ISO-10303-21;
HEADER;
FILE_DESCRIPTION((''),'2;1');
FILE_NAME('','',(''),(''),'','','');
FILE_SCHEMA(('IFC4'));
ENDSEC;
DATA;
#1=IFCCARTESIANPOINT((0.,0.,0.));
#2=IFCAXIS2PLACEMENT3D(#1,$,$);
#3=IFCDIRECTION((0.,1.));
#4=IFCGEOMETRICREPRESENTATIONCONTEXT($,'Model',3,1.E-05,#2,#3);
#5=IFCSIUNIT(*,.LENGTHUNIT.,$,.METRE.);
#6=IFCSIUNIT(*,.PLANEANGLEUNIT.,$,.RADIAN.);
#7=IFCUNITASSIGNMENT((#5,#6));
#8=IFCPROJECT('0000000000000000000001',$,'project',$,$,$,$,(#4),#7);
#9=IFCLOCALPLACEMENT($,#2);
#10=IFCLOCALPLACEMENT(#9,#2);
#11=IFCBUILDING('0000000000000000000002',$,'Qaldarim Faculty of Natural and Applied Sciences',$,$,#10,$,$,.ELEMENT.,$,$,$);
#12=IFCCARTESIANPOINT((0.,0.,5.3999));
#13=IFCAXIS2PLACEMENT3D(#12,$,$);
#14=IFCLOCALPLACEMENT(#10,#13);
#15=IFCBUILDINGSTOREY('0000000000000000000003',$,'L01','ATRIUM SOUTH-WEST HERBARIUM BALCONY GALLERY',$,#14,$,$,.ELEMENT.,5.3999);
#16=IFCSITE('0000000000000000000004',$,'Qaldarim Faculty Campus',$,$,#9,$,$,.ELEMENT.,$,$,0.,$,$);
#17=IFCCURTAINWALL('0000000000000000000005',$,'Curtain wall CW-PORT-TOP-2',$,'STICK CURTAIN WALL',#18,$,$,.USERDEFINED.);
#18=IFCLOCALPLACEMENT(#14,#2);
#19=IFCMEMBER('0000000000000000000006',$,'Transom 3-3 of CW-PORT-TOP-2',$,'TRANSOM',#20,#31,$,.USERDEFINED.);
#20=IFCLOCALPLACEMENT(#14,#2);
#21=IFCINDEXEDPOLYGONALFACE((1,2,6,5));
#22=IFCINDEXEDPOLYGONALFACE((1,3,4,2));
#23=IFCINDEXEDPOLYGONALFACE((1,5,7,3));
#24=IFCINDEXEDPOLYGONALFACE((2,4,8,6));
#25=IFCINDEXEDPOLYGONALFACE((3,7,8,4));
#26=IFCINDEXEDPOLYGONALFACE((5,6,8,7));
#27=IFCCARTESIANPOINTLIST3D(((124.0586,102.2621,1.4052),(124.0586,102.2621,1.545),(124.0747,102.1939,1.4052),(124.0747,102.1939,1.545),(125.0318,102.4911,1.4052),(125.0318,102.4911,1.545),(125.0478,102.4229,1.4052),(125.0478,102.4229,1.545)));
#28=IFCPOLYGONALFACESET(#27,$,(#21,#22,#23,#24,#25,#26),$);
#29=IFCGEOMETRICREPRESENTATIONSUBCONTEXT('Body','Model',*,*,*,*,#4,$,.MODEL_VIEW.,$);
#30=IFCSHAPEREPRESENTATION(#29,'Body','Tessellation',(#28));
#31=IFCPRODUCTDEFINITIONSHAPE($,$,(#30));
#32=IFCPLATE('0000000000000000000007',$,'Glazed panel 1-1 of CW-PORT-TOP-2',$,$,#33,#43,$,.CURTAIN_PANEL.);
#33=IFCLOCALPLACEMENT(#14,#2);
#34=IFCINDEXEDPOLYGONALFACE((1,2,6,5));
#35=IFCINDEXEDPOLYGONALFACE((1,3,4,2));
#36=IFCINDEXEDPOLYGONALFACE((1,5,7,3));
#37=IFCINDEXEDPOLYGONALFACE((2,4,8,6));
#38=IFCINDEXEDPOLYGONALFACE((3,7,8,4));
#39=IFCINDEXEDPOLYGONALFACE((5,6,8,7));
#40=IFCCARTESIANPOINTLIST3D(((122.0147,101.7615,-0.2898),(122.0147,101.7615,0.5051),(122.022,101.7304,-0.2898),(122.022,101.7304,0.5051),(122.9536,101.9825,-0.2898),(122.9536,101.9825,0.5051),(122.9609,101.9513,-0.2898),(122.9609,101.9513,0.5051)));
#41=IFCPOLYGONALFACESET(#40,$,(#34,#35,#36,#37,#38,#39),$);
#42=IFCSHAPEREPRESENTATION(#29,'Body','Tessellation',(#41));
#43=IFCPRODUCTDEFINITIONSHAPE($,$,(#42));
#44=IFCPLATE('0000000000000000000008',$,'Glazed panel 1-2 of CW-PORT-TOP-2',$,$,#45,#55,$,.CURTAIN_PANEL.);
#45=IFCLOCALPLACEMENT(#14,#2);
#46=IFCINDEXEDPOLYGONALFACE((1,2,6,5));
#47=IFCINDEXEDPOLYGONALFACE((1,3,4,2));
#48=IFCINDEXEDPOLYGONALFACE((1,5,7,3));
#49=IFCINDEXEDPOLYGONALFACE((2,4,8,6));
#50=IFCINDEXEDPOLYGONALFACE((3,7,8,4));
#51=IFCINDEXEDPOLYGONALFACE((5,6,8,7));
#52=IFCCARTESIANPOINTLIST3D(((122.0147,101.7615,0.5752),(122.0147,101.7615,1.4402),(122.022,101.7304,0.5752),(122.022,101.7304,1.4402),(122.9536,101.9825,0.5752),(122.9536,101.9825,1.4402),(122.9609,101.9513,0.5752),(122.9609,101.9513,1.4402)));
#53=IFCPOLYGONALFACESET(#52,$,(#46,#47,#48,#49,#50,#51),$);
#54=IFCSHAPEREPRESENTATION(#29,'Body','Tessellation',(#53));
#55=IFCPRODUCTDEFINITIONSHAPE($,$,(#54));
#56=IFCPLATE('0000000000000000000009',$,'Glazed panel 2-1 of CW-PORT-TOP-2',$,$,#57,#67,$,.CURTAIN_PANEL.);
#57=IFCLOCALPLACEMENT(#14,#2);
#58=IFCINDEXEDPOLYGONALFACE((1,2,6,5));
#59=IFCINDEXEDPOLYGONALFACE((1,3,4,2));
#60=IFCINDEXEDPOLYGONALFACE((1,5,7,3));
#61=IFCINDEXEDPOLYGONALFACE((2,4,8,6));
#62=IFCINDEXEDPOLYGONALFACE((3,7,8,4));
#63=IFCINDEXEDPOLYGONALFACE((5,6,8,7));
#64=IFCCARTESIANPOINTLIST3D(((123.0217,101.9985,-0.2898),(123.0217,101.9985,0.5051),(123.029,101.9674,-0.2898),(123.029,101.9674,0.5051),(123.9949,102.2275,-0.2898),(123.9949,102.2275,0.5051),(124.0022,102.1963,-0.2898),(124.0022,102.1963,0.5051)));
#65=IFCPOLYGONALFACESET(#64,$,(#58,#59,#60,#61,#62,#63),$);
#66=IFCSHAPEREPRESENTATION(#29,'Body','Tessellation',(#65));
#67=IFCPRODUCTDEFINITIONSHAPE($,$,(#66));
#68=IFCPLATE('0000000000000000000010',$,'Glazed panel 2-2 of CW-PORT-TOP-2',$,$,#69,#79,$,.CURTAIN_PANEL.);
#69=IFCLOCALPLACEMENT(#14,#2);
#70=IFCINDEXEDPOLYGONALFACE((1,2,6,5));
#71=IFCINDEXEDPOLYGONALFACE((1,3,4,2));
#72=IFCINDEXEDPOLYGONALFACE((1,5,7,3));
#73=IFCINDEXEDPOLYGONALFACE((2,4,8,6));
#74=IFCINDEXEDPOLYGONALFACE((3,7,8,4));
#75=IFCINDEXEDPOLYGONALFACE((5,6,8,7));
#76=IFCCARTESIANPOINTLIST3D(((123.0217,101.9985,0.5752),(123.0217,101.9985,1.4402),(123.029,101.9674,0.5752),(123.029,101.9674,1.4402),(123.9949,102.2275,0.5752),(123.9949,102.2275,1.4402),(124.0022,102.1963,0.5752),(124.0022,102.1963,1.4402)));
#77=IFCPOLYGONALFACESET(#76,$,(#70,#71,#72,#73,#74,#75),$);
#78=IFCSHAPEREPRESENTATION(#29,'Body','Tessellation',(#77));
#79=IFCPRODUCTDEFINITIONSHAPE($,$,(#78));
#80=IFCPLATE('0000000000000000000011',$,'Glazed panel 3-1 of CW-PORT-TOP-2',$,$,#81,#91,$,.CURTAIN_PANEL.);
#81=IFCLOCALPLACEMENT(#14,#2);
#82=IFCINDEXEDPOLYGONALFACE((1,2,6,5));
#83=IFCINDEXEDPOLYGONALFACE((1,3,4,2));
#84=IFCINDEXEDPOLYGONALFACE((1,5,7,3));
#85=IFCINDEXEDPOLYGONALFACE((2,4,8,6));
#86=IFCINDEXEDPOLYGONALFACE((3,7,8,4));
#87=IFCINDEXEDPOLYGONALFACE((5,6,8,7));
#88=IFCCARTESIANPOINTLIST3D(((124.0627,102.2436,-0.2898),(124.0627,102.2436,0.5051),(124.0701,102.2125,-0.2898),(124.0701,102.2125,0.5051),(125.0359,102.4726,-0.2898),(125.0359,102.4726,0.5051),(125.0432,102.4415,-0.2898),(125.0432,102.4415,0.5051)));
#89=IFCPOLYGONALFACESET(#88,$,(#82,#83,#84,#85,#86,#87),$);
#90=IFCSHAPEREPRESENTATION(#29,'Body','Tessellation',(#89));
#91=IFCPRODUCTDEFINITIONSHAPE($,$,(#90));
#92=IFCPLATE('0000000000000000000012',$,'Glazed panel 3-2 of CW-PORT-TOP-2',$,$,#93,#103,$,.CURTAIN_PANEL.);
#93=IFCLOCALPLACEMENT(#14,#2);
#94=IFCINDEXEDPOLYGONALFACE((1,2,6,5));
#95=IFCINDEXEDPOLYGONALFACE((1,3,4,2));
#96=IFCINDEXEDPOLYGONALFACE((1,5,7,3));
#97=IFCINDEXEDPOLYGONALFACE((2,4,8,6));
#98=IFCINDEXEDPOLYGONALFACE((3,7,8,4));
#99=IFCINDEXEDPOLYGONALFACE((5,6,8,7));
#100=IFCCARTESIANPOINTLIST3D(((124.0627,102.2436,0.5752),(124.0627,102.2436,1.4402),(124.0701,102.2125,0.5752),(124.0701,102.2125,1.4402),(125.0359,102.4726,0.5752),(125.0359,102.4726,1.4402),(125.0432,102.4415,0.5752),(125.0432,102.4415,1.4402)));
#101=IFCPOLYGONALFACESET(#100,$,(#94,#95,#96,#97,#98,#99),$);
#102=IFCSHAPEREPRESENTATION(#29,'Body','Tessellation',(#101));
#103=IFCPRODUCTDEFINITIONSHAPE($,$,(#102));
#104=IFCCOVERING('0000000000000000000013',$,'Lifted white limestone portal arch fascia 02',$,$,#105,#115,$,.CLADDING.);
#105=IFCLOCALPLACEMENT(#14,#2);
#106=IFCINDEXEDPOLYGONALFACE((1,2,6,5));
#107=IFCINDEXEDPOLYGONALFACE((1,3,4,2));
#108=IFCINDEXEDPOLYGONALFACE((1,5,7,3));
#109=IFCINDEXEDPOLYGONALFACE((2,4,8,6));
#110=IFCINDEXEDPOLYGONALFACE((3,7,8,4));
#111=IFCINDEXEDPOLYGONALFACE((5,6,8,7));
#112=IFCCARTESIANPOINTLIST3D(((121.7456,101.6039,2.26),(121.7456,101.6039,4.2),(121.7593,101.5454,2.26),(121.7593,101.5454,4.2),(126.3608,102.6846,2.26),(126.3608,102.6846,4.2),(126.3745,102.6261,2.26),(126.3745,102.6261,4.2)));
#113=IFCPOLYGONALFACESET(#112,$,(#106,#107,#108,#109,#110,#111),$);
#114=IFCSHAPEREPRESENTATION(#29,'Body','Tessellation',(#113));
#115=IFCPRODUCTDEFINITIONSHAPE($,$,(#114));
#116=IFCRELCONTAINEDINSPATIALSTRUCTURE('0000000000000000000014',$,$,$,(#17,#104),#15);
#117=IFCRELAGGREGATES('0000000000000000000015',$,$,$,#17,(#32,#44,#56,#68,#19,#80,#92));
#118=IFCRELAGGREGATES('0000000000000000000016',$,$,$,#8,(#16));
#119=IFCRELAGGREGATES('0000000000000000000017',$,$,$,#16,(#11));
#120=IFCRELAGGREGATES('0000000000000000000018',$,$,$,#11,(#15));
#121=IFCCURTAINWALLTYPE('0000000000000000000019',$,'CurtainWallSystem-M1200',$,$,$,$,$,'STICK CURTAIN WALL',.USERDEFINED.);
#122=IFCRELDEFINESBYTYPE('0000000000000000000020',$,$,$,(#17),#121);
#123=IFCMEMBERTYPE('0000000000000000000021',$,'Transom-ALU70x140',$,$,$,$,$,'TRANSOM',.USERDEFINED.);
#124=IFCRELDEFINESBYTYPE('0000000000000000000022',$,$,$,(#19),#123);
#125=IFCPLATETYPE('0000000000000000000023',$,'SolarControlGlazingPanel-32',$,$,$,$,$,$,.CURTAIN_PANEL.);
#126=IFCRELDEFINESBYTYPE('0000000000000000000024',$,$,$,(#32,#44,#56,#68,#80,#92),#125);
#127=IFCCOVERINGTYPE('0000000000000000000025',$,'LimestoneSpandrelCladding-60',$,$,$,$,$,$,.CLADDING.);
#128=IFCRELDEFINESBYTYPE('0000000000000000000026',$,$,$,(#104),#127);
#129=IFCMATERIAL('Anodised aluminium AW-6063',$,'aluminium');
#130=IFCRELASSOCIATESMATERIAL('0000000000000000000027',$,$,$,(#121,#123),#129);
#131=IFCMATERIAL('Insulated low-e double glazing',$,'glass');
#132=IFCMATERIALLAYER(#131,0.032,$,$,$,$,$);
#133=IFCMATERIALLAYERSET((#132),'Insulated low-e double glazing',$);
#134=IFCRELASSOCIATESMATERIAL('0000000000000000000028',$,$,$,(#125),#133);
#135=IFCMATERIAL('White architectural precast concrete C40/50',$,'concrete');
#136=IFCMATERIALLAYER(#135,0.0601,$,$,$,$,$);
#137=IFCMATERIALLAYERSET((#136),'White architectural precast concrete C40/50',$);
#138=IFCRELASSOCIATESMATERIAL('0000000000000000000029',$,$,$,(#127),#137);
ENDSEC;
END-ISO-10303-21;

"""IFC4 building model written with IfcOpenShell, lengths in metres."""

from ifc_helpers import new_model, si_unit, direction, frame, origin, origin_2d, place, context, subcontext, project, spatial, rectangle, extrude, material, layer, layer_set, material_profile, profile_set, type_object, element, aggregate, save


model = new_model("IFC4")

# Units and contexts
model_context = context("Model", 3, precision=1e-05, world=origin(), true_north=direction((0.0, 1.0)))
body_context = subcontext(model_context, "Body", "Model", "MODEL_VIEW")
ifc_project = project(units=[si_unit("LENGTHUNIT", "METRE"), si_unit("PLANEANGLEUNIT", "RADIAN")], contexts=[model_context])

# Site, building, storey
site_placement = place(None, origin())
site = spatial("IfcSite", under=ifc_project, at=site_placement, Name="Qaldarim Faculty Campus", CompositionType="ELEMENT", RefElevation=0.0)
building_placement = place(site_placement, origin())
building = spatial("IfcBuilding", under=site, at=building_placement, Name="Qaldarim Faculty of Natural and Applied Sciences", CompositionType="ELEMENT")
storey_placement = place(building_placement, frame((0.0, 0.0, 5.3999)))
storey = spatial("IfcBuildingStorey", under=building, at=storey_placement, Name="L01", Description="ATRIUM SOUTH-WEST HERBARIUM BALCONY GALLERY", CompositionType="ELEMENT", Elevation=5.3999)

# Curtain wall
ifc_material_1 = material(Name="Anodised aluminium AW-6063", Category="aluminium")
curtain_wall_type = type_object("IfcCurtainWallType", Name="CurtainWallSystem-M1200", ElementType="STICK CURTAIN WALL", PredefinedType="USERDEFINED", material=ifc_material_1)
curtain_wall_placement = place(storey_placement, origin())
curtain_wall = element("IfcCurtainWall", 1, at=curtain_wall_placement, inside=storey, type_object=curtain_wall_type, Name="Curtain wall CW-PORT-TOP-2", ObjectType="STICK CURTAIN WALL", PredefinedType="USERDEFINED")

# Member
ifc_material_profile_1 = material_profile(ifc_material_1, rectangle(XDim=0.0701, YDim=0.1399, at=origin_2d()), Name="ALU-T70x140")
ifc_profile_set_1 = profile_set([ifc_material_profile_1], Name="Anodised aluminium AW-6063")
member_type_1 = type_object("IfcMemberType", Name="Transom-ALU70x140", ElementType="TRANSOM", PredefinedType="USERDEFINED", material=ifc_profile_set_1)
member_1_placement = place(storey_placement, frame((124.0667, 102.228, 1.4751), z_axis=(0.973411, 0.229067, 0.0), x_axis=(-0.229067, 0.973411, 0.0)))
member_1 = element("IfcMember", 2, at=member_1_placement, type_object=member_type_1, Name="Transom 3-3 of CW-PORT-TOP-2", ObjectType="TRANSOM", PredefinedType="USERDEFINED", context=body_context, shape_type="SweptSolid", body=[
    extrude(rectangle(XDim=0.0701, YDim=0.1399, at=origin_2d()), origin(), (0.0, 0.0, 1.0), 0.9998),
])

# Plates
ifc_material_2 = material(Name="Insulated low-e double glazing", Category="glass")
ifc_layer_1 = layer(ifc_material_2, 0.032)
ifc_layer_set_1 = layer_set([ifc_layer_1], Name="Insulated low-e double glazing")
plate_type = type_object("IfcPlateType", Name="SolarControlGlazingPanel-32", PredefinedType="CURTAIN_PANEL", material=ifc_layer_set_1)
plate_1_placement = place(storey_placement, frame((122.4878, 101.8564, -0.2898), z_axis=(0.0, 0.0, 1.0), x_axis=(0.973415, 0.229047, 0.0)))
plate_1 = element("IfcPlate", 3, at=plate_1_placement, type_object=plate_type, Name="Glazed panel 1-1 of CW-PORT-TOP-2", PredefinedType="CURTAIN_PANEL", context=body_context, shape_type="SweptSolid", body=[
    extrude(rectangle(XDim=0.9646, YDim=0.032, at=origin_2d()), origin(), (0.0, 0.0, 1.0), 0.7949),
])
plate_2_placement = place(storey_placement, frame((122.4878, 101.8564, 0.5752), z_axis=(0.0, 0.0, 1.0), x_axis=(0.973415, 0.229047, 0.0)))
plate_2 = element("IfcPlate", 4, at=plate_2_placement, type_object=plate_type, Name="Glazed panel 1-2 of CW-PORT-TOP-2", PredefinedType="CURTAIN_PANEL", context=body_context, shape_type="SweptSolid", body=[
    extrude(rectangle(XDim=0.9646, YDim=0.032, at=origin_2d()), origin(), (0.0, 0.0, 1.0), 0.865),
])
plate_3_placement = place(storey_placement, frame((123.512, 102.0974, -0.2898), z_axis=(0.0, 0.0, 1.0), x_axis=(0.973415, 0.229047, 0.0)))
plate_3 = element("IfcPlate", 5, at=plate_3_placement, type_object=plate_type, Name="Glazed panel 2-1 of CW-PORT-TOP-2", PredefinedType="CURTAIN_PANEL", context=body_context, shape_type="SweptSolid", body=[
    extrude(rectangle(XDim=0.9998, YDim=0.032, at=origin_2d()), origin(), (0.0, 0.0, 1.0), 0.7949),
])
plate_4_placement = place(storey_placement, frame((123.512, 102.0974, 0.5752), z_axis=(0.0, 0.0, 1.0), x_axis=(0.973415, 0.229047, 0.0)))
plate_4 = element("IfcPlate", 6, at=plate_4_placement, type_object=plate_type, Name="Glazed panel 2-2 of CW-PORT-TOP-2", PredefinedType="CURTAIN_PANEL", context=body_context, shape_type="SweptSolid", body=[
    extrude(rectangle(XDim=0.9998, YDim=0.032, at=origin_2d()), origin(), (0.0, 0.0, 1.0), 0.865),
])
plate_5_placement = place(storey_placement, frame((124.553, 102.3425, -0.2898), z_axis=(0.0, 0.0, 1.0), x_axis=(0.973415, 0.229047, 0.0)))
plate_5 = element("IfcPlate", 7, at=plate_5_placement, type_object=plate_type, Name="Glazed panel 3-1 of CW-PORT-TOP-2", PredefinedType="CURTAIN_PANEL", context=body_context, shape_type="SweptSolid", body=[
    extrude(rectangle(XDim=0.9998, YDim=0.032, at=origin_2d()), origin(), (0.0, 0.0, 1.0), 0.7949),
])
plate_6_placement = place(storey_placement, frame((124.553, 102.3425, 0.5752), z_axis=(0.0, 0.0, 1.0), x_axis=(0.973415, 0.229047, 0.0)))
plate_6 = element("IfcPlate", 8, at=plate_6_placement, type_object=plate_type, Name="Glazed panel 3-2 of CW-PORT-TOP-2", PredefinedType="CURTAIN_PANEL", context=body_context, shape_type="SweptSolid", body=[
    extrude(rectangle(XDim=0.9998, YDim=0.032, at=origin_2d()), origin(), (0.0, 0.0, 1.0), 0.865),
])
aggregate(curtain_wall, [plate_1, plate_2, plate_3, plate_4, member_1, plate_5, plate_6])

# Covering
ifc_material_3 = material(Name="White architectural precast concrete C40/50", Category="concrete")
ifc_layer_2 = layer(ifc_material_3, 0.0601)
ifc_layer_set_2 = layer_set([ifc_layer_2], Name="White architectural precast concrete C40/50")
covering_type = type_object("IfcCoveringType", Name="LimestoneSpandrelCladding-60", PredefinedType="CLADDING", material=ifc_layer_set_2)
covering_placement = place(storey_placement, frame((124.0601, 102.115, 2.26), z_axis=(0.0, 0.0, 1.0), x_axis=(0.973663, 0.227994, 0.0)))
element("IfcCovering", 9, at=covering_placement, inside=storey, type_object=covering_type, Name="Lifted white limestone portal arch fascia 02", PredefinedType="CLADDING", context=body_context, shape_type="SweptSolid", body=[
    extrude(rectangle(XDim=4.74, YDim=0.0601, at=origin_2d()), origin(), (0.0, 0.0, 1.0), 1.9399),
])

save(model, "model.ifc")
